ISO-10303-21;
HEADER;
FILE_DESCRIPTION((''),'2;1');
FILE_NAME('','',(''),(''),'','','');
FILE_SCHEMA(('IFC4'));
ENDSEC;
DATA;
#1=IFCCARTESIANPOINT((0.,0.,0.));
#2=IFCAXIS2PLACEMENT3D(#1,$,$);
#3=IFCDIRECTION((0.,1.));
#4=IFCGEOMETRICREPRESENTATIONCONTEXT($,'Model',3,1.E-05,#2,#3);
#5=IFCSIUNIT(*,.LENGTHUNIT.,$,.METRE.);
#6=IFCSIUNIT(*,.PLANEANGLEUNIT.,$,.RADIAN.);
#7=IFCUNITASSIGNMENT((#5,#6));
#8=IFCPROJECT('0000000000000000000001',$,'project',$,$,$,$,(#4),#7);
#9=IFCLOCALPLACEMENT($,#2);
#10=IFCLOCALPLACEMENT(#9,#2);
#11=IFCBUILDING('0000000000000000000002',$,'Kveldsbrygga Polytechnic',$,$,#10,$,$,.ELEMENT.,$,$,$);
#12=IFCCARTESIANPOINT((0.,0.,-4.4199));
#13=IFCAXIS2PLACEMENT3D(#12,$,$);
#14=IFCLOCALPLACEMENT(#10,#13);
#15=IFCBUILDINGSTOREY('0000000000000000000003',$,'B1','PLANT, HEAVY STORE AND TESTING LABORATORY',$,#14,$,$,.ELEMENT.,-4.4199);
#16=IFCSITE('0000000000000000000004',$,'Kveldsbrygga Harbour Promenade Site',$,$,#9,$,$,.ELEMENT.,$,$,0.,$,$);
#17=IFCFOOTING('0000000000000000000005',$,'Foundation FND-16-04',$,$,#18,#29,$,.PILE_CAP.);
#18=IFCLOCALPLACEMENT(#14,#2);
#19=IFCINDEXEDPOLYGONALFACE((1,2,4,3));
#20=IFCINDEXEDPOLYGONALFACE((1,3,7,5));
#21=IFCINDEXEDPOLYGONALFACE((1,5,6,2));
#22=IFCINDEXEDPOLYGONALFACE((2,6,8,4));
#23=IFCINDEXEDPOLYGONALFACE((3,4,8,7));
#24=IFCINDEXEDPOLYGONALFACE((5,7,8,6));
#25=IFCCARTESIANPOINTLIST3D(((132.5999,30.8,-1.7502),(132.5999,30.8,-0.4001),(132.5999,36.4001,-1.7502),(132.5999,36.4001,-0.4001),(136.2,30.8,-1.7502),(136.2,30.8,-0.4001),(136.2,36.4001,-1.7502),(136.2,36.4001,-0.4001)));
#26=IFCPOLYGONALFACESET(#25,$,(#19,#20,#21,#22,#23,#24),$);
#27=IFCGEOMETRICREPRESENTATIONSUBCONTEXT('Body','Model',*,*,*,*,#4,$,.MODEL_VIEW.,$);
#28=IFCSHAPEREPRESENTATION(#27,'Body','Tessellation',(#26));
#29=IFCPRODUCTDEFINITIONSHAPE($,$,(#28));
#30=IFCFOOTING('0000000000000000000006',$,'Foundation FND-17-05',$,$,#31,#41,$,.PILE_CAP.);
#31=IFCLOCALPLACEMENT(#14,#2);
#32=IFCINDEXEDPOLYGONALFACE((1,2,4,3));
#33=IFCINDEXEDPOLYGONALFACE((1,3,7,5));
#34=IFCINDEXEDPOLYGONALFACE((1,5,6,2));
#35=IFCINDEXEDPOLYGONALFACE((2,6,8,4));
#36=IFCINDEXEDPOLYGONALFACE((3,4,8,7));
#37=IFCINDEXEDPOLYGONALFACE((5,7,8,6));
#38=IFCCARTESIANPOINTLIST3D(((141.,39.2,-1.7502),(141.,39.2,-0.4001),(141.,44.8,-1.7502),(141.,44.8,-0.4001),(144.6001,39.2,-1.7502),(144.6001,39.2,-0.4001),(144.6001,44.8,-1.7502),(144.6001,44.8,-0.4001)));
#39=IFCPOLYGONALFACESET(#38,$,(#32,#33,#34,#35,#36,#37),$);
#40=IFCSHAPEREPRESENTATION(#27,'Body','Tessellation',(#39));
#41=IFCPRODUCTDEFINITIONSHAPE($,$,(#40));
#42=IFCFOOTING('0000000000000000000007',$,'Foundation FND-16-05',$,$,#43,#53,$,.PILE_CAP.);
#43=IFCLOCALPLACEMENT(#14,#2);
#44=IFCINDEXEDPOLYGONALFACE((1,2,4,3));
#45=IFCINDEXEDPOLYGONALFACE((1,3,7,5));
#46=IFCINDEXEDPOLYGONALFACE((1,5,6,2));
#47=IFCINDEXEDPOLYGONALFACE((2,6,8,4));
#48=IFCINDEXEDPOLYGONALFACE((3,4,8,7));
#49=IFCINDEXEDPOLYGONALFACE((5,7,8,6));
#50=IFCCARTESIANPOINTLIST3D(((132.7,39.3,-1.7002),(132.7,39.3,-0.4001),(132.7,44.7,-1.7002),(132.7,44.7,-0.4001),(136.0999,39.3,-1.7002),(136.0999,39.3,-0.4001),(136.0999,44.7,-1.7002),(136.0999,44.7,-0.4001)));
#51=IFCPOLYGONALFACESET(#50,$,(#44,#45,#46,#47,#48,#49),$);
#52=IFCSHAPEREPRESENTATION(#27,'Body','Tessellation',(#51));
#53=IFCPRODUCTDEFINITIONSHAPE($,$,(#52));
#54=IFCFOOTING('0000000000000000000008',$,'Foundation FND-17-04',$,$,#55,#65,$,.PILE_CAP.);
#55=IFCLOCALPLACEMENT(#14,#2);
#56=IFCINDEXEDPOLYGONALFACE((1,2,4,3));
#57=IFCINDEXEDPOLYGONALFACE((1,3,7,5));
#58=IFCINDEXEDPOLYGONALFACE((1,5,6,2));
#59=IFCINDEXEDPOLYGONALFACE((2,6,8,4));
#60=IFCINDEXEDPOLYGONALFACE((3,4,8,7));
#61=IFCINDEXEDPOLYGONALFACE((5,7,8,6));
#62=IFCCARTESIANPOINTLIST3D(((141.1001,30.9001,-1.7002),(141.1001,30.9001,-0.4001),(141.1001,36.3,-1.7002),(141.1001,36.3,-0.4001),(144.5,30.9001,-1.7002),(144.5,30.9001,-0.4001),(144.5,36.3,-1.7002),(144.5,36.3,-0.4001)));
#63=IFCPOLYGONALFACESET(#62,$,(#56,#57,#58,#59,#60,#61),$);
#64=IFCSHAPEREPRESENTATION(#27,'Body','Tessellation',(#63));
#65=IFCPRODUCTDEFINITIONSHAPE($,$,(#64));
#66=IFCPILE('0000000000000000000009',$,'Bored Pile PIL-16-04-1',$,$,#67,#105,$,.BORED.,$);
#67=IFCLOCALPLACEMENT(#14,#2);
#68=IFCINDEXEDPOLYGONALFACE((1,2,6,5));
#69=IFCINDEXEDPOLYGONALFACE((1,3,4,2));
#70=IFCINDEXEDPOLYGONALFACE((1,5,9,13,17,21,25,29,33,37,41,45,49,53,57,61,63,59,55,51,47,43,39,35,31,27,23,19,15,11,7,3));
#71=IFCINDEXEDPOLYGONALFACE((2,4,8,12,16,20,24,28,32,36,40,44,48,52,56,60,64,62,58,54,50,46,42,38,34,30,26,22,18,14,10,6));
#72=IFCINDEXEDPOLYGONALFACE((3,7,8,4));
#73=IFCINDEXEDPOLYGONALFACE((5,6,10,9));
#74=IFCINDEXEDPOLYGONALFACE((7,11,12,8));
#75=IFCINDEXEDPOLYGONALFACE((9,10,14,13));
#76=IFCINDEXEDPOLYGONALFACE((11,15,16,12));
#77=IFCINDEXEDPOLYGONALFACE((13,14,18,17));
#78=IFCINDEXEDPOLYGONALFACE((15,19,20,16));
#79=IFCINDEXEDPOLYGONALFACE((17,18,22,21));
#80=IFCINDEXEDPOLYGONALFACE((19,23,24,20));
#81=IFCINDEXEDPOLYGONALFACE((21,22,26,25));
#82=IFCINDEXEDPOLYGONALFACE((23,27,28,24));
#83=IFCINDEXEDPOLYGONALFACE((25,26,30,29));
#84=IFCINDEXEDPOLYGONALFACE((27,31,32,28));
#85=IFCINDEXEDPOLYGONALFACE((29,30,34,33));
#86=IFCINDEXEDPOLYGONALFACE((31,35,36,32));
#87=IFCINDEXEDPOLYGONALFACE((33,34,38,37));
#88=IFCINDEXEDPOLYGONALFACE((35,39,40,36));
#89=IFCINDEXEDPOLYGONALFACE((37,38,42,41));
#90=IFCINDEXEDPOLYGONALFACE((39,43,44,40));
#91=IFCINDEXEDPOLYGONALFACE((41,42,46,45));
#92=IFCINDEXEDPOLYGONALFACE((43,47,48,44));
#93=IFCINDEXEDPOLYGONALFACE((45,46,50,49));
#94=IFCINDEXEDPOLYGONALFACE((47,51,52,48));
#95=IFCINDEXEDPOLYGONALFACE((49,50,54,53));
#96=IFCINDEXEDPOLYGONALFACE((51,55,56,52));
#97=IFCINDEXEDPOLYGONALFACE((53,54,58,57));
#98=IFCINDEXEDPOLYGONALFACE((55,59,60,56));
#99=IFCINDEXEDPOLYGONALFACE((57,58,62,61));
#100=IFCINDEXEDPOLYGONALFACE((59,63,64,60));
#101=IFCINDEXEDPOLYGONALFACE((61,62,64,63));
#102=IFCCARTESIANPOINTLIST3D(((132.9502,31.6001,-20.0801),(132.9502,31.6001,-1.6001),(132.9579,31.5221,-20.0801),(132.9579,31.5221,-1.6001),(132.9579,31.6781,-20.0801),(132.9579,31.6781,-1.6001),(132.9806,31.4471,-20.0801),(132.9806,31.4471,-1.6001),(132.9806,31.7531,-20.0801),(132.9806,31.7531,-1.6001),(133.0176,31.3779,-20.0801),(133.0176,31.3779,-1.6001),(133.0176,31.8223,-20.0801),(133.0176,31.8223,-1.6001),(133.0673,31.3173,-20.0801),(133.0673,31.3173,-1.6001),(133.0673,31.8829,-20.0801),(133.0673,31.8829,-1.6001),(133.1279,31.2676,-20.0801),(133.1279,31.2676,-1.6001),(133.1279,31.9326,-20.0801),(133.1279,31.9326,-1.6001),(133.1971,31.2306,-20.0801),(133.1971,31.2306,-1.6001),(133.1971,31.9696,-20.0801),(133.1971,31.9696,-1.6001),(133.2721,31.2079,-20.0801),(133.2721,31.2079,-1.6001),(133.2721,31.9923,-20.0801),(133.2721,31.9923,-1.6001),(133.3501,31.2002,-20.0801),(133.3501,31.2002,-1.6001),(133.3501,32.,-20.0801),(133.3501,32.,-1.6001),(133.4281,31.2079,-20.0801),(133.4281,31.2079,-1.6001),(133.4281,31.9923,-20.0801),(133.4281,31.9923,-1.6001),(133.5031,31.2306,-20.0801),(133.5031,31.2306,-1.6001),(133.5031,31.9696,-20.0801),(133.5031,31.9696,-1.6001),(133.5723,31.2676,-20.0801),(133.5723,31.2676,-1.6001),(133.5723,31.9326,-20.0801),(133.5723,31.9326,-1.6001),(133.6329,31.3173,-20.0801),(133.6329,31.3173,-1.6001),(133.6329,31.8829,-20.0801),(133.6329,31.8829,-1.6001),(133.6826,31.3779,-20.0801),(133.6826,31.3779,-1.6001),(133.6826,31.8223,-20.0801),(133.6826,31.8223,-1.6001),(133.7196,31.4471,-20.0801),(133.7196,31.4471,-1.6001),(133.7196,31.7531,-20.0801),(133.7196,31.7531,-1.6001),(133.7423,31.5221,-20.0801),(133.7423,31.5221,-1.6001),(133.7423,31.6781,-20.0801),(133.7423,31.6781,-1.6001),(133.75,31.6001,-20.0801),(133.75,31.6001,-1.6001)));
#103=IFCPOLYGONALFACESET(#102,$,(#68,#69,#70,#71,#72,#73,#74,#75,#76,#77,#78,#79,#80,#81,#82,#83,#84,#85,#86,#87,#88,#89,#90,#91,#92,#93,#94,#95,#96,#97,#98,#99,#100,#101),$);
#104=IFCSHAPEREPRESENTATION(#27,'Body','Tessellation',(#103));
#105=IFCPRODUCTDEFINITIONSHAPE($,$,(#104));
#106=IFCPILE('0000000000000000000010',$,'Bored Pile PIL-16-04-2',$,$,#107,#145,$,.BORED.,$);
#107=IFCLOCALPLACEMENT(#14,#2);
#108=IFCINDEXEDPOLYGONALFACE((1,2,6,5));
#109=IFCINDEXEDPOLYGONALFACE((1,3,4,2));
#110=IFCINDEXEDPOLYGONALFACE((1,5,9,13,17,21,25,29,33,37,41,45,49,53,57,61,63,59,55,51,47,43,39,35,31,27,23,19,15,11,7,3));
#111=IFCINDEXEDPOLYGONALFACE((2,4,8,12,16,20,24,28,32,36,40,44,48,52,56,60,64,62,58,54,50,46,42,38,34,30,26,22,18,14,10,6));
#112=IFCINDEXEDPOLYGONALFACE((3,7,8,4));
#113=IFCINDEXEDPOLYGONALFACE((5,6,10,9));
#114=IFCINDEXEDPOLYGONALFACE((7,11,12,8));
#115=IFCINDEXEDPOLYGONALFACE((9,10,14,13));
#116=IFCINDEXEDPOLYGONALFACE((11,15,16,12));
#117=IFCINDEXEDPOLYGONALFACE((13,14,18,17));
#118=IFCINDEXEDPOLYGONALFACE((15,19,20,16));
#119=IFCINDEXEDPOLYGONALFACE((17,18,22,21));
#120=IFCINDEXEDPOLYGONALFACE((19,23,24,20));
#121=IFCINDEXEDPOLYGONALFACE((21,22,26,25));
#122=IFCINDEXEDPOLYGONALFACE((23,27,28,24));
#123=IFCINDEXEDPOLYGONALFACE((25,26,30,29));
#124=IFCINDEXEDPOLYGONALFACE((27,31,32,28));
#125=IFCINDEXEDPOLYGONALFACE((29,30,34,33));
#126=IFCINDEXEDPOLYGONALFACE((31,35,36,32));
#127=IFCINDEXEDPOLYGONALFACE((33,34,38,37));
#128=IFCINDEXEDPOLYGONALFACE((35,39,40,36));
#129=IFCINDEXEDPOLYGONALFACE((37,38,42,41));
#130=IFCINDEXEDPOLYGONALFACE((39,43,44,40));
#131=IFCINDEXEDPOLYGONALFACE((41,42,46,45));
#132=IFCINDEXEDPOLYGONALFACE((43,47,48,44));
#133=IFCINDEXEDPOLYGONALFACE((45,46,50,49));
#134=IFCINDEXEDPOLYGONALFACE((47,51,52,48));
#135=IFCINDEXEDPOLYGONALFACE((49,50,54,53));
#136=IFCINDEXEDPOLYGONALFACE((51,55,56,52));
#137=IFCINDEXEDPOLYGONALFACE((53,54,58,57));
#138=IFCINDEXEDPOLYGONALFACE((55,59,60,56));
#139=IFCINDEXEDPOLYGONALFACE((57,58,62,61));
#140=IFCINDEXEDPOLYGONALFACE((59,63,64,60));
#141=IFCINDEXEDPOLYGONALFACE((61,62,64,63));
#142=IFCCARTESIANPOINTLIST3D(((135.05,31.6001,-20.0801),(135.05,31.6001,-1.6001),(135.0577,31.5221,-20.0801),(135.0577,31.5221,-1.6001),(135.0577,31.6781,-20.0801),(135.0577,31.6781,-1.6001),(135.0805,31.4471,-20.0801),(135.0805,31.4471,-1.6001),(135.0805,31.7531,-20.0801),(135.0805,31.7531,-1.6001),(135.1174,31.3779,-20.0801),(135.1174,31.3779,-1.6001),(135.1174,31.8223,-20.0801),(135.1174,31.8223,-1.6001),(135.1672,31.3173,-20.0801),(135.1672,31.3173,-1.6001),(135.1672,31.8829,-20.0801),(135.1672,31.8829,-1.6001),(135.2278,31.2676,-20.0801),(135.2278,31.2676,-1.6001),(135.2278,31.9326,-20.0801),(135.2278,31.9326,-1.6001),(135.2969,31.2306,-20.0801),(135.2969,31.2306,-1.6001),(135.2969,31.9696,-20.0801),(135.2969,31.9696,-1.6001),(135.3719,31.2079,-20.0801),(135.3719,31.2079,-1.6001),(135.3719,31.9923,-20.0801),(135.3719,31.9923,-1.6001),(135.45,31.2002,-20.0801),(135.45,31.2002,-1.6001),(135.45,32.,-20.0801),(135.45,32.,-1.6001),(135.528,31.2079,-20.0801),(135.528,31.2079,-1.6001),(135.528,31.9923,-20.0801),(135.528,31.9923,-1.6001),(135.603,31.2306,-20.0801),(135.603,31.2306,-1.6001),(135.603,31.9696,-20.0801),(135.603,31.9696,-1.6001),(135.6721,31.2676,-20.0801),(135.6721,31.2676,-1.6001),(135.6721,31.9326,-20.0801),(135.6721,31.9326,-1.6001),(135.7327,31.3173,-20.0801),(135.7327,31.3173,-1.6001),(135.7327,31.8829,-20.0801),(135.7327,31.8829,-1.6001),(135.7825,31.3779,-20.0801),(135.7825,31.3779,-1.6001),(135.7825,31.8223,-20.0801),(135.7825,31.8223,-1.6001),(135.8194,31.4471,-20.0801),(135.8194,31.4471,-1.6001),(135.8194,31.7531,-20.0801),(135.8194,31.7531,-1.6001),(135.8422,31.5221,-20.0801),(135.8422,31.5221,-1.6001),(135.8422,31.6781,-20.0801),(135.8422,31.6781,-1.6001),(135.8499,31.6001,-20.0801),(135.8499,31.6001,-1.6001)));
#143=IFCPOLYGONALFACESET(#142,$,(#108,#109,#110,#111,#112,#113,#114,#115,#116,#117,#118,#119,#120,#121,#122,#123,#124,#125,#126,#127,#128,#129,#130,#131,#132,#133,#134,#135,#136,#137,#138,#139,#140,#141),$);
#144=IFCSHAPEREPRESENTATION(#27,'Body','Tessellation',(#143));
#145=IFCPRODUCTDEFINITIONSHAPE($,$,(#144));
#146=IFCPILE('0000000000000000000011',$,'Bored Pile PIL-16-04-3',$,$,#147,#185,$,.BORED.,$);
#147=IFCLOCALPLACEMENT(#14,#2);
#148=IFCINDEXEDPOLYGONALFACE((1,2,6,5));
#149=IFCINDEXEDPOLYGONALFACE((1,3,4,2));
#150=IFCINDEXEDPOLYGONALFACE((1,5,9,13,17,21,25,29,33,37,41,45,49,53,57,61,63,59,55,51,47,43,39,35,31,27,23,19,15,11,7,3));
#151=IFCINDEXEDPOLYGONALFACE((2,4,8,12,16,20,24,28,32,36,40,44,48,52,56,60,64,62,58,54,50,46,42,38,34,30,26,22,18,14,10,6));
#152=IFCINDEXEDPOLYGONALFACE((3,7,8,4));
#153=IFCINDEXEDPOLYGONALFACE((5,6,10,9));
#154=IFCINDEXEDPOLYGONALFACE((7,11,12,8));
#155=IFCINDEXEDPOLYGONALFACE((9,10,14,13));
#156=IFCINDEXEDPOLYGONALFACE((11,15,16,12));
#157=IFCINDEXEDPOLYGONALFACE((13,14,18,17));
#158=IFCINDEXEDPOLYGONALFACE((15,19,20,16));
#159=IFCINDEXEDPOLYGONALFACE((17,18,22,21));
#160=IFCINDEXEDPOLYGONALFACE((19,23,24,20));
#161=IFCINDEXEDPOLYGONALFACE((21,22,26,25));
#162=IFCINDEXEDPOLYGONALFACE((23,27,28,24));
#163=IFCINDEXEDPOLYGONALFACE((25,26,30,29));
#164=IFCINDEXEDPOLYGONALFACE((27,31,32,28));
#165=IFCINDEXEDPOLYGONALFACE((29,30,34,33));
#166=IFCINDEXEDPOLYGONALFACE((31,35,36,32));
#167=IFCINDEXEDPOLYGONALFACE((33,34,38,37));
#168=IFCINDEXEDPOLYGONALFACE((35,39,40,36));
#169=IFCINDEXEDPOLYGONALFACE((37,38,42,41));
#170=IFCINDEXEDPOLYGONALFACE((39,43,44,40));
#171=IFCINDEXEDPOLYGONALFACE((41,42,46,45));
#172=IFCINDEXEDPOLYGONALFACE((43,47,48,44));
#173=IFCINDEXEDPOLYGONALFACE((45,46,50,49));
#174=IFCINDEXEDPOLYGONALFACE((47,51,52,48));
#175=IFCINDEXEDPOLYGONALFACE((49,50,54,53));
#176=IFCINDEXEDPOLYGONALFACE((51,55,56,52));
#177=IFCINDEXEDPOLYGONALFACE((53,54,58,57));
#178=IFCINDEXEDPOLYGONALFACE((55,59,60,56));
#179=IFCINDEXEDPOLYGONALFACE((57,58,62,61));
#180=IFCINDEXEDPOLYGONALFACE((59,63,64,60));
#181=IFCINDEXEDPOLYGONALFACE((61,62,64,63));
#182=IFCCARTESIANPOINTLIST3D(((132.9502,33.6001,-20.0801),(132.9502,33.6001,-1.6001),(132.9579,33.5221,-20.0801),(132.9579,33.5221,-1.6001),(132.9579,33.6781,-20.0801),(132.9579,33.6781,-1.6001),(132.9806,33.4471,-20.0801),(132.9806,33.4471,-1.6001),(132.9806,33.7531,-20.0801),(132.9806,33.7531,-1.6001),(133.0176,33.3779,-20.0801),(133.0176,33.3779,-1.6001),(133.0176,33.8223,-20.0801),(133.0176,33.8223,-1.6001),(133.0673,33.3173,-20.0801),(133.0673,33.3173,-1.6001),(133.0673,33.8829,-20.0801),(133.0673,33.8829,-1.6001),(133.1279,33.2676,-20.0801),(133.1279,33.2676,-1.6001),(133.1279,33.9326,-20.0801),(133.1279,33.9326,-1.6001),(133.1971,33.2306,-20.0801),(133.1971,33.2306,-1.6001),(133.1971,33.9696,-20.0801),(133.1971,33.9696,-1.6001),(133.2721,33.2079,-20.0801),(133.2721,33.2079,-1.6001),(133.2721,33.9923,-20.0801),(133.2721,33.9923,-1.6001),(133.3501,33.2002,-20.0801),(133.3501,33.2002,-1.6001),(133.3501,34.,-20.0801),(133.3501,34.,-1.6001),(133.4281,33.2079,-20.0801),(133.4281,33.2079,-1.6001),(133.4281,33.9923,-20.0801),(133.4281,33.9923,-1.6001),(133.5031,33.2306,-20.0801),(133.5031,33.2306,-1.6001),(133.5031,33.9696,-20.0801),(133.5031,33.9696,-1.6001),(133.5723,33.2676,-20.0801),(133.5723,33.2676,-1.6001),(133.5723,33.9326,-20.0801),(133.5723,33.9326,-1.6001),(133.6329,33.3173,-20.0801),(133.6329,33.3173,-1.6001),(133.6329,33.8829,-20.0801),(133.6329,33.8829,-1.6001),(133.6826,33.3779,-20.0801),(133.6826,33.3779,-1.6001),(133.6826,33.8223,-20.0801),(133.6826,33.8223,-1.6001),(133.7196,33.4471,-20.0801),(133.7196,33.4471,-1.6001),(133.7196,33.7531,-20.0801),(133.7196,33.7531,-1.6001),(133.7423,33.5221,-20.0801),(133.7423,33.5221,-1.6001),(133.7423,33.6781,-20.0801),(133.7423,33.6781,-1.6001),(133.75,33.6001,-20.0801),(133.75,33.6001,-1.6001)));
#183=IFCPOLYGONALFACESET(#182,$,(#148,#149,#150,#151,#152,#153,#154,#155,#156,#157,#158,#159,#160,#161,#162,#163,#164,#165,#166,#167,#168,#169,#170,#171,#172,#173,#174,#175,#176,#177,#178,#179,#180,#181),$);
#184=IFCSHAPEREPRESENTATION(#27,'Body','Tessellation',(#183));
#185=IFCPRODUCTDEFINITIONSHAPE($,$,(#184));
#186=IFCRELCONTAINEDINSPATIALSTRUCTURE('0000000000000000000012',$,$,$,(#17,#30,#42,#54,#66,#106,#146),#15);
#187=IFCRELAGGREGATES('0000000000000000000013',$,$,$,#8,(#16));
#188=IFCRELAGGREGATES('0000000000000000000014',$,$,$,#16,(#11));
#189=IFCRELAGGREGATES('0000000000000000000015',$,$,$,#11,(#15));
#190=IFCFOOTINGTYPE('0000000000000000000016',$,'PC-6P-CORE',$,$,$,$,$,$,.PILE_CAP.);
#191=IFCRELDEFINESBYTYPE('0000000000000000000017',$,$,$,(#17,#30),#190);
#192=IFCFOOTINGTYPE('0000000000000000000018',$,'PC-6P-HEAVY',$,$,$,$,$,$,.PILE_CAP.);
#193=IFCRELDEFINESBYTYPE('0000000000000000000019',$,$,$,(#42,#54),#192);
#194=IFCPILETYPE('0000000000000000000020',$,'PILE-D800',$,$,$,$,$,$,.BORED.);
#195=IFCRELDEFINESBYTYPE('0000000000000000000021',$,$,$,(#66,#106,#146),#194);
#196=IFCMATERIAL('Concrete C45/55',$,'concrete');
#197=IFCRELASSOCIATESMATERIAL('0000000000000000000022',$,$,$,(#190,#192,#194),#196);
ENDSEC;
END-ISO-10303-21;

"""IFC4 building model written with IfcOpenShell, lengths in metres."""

from ifc_helpers import new_model, si_unit, direction, frame, origin, origin_2d, place, context, subcontext, project, spatial, rectangle, circle, extrude, material, material_profile, profile_set, type_object, element, save


model = new_model("IFC4")

# Units and contexts
model_context = context("Model", 3, precision=1e-05, world=origin(), true_north=direction((0.0, 1.0)))
body_context = subcontext(model_context, "Body", "Model", "MODEL_VIEW")
ifc_project = project(units=[si_unit("LENGTHUNIT", "METRE"), si_unit("PLANEANGLEUNIT", "RADIAN")], contexts=[model_context])

# Site, building, storey
site_placement = place(None, origin())
site = spatial("IfcSite", under=ifc_project, at=site_placement, Name="Kveldsbrygga Harbour Promenade Site", CompositionType="ELEMENT", RefElevation=0.0)
building_placement = place(site_placement, origin())
building = spatial("IfcBuilding", under=site, at=building_placement, Name="Kveldsbrygga Polytechnic", CompositionType="ELEMENT")
storey_placement = place(building_placement, frame((0.0, 0.0, -4.4199)))
storey = spatial("IfcBuildingStorey", under=building, at=storey_placement, Name="B1", Description="PLANT, HEAVY STORE AND TESTING LABORATORY", CompositionType="ELEMENT", Elevation=-4.4199)

# Footings
ifc_material_1 = material(Name="Concrete C45/55", Category="concrete")
footing_type_1 = type_object("IfcFootingType", Name="PC-6P-CORE", PredefinedType="PILE_CAP", material=ifc_material_1)
for number, where, z_axis, x_axis, name in (
    (1, (134.3999, 33.6001, -1.7502), (0.0, 0.0, 1.0), (1.0, 0.0, 0.0), "Foundation FND-16-04"),
    (2, (142.8, 42.0, -1.7502), (0.0, 0.0, 1.0), (1.0, 0.0, 0.0), "Foundation FND-17-05"),
):
    element("IfcFooting", number, at=place(storey_placement, frame(where, z_axis=z_axis, x_axis=x_axis)), inside=storey, type_object=footing_type_1, Name=name, PredefinedType="PILE_CAP", context=body_context, shape_type="SweptSolid", body=[
        extrude(rectangle(XDim=3.6001, YDim=5.6001, at=origin_2d()), origin(), (0.0, 0.0, 1.0), 1.3501),
    ])
footing_type_2 = type_object("IfcFootingType", Name="PC-6P-HEAVY", PredefinedType="PILE_CAP", material=ifc_material_1)
for number, where, z_axis, x_axis, name in (
    (3, (134.3999, 42.0, -1.7002), (0.0, 0.0, 1.0), (1.0, 0.0, 0.0), "Foundation FND-16-05"),
    (4, (142.8, 33.6001, -1.7002), (0.0, 0.0, 1.0), (1.0, 0.0, 0.0), "Foundation FND-17-04"),
):
    element("IfcFooting", number, at=place(storey_placement, frame(where, z_axis=z_axis, x_axis=x_axis)), inside=storey, type_object=footing_type_2, Name=name, PredefinedType="PILE_CAP", context=body_context, shape_type="SweptSolid", body=[
        extrude(rectangle(XDim=3.3999, YDim=5.3999, at=origin_2d()), origin(), (0.0, 0.0, 1.0), 1.3),
    ])

# Piles
ifc_material_profile_1 = material_profile(ifc_material_1, circle(Radius=0.3999, at=origin_2d()), Name="PILE D800")
ifc_profile_set_1 = profile_set([ifc_material_profile_1], Name="Concrete C45/55")
pile_type = type_object("IfcPileType", Name="PILE-D800", PredefinedType="BORED", material=ifc_profile_set_1)
for number, where, z_axis, x_axis, name in (
    (5, (133.3501, 31.6001, -1.6001), (0.0, 0.0, -1.0), (1.0, 0.0, 0.0), "Bored Pile PIL-16-04-1"),
    (6, (135.45, 31.6001, -1.6001), (0.0, 0.0, -1.0), (1.0, 0.0, 0.0), "Bored Pile PIL-16-04-2"),
    (7, (133.3501, 33.6001, -1.6001), (0.0, 0.0, -1.0), (1.0, 0.0, 0.0), "Bored Pile PIL-16-04-3"),
):
    element("IfcPile", number, at=place(storey_placement, frame(where, z_axis=z_axis, x_axis=x_axis)), inside=storey, type_object=pile_type, Name=name, PredefinedType="BORED", context=body_context, shape_type="SweptSolid", body=[
        extrude(circle(Radius=0.3999, at=origin_2d()), origin(), (0.0, 0.0, 1.0), 18.48),
    ])

save(model, "model.ifc")
